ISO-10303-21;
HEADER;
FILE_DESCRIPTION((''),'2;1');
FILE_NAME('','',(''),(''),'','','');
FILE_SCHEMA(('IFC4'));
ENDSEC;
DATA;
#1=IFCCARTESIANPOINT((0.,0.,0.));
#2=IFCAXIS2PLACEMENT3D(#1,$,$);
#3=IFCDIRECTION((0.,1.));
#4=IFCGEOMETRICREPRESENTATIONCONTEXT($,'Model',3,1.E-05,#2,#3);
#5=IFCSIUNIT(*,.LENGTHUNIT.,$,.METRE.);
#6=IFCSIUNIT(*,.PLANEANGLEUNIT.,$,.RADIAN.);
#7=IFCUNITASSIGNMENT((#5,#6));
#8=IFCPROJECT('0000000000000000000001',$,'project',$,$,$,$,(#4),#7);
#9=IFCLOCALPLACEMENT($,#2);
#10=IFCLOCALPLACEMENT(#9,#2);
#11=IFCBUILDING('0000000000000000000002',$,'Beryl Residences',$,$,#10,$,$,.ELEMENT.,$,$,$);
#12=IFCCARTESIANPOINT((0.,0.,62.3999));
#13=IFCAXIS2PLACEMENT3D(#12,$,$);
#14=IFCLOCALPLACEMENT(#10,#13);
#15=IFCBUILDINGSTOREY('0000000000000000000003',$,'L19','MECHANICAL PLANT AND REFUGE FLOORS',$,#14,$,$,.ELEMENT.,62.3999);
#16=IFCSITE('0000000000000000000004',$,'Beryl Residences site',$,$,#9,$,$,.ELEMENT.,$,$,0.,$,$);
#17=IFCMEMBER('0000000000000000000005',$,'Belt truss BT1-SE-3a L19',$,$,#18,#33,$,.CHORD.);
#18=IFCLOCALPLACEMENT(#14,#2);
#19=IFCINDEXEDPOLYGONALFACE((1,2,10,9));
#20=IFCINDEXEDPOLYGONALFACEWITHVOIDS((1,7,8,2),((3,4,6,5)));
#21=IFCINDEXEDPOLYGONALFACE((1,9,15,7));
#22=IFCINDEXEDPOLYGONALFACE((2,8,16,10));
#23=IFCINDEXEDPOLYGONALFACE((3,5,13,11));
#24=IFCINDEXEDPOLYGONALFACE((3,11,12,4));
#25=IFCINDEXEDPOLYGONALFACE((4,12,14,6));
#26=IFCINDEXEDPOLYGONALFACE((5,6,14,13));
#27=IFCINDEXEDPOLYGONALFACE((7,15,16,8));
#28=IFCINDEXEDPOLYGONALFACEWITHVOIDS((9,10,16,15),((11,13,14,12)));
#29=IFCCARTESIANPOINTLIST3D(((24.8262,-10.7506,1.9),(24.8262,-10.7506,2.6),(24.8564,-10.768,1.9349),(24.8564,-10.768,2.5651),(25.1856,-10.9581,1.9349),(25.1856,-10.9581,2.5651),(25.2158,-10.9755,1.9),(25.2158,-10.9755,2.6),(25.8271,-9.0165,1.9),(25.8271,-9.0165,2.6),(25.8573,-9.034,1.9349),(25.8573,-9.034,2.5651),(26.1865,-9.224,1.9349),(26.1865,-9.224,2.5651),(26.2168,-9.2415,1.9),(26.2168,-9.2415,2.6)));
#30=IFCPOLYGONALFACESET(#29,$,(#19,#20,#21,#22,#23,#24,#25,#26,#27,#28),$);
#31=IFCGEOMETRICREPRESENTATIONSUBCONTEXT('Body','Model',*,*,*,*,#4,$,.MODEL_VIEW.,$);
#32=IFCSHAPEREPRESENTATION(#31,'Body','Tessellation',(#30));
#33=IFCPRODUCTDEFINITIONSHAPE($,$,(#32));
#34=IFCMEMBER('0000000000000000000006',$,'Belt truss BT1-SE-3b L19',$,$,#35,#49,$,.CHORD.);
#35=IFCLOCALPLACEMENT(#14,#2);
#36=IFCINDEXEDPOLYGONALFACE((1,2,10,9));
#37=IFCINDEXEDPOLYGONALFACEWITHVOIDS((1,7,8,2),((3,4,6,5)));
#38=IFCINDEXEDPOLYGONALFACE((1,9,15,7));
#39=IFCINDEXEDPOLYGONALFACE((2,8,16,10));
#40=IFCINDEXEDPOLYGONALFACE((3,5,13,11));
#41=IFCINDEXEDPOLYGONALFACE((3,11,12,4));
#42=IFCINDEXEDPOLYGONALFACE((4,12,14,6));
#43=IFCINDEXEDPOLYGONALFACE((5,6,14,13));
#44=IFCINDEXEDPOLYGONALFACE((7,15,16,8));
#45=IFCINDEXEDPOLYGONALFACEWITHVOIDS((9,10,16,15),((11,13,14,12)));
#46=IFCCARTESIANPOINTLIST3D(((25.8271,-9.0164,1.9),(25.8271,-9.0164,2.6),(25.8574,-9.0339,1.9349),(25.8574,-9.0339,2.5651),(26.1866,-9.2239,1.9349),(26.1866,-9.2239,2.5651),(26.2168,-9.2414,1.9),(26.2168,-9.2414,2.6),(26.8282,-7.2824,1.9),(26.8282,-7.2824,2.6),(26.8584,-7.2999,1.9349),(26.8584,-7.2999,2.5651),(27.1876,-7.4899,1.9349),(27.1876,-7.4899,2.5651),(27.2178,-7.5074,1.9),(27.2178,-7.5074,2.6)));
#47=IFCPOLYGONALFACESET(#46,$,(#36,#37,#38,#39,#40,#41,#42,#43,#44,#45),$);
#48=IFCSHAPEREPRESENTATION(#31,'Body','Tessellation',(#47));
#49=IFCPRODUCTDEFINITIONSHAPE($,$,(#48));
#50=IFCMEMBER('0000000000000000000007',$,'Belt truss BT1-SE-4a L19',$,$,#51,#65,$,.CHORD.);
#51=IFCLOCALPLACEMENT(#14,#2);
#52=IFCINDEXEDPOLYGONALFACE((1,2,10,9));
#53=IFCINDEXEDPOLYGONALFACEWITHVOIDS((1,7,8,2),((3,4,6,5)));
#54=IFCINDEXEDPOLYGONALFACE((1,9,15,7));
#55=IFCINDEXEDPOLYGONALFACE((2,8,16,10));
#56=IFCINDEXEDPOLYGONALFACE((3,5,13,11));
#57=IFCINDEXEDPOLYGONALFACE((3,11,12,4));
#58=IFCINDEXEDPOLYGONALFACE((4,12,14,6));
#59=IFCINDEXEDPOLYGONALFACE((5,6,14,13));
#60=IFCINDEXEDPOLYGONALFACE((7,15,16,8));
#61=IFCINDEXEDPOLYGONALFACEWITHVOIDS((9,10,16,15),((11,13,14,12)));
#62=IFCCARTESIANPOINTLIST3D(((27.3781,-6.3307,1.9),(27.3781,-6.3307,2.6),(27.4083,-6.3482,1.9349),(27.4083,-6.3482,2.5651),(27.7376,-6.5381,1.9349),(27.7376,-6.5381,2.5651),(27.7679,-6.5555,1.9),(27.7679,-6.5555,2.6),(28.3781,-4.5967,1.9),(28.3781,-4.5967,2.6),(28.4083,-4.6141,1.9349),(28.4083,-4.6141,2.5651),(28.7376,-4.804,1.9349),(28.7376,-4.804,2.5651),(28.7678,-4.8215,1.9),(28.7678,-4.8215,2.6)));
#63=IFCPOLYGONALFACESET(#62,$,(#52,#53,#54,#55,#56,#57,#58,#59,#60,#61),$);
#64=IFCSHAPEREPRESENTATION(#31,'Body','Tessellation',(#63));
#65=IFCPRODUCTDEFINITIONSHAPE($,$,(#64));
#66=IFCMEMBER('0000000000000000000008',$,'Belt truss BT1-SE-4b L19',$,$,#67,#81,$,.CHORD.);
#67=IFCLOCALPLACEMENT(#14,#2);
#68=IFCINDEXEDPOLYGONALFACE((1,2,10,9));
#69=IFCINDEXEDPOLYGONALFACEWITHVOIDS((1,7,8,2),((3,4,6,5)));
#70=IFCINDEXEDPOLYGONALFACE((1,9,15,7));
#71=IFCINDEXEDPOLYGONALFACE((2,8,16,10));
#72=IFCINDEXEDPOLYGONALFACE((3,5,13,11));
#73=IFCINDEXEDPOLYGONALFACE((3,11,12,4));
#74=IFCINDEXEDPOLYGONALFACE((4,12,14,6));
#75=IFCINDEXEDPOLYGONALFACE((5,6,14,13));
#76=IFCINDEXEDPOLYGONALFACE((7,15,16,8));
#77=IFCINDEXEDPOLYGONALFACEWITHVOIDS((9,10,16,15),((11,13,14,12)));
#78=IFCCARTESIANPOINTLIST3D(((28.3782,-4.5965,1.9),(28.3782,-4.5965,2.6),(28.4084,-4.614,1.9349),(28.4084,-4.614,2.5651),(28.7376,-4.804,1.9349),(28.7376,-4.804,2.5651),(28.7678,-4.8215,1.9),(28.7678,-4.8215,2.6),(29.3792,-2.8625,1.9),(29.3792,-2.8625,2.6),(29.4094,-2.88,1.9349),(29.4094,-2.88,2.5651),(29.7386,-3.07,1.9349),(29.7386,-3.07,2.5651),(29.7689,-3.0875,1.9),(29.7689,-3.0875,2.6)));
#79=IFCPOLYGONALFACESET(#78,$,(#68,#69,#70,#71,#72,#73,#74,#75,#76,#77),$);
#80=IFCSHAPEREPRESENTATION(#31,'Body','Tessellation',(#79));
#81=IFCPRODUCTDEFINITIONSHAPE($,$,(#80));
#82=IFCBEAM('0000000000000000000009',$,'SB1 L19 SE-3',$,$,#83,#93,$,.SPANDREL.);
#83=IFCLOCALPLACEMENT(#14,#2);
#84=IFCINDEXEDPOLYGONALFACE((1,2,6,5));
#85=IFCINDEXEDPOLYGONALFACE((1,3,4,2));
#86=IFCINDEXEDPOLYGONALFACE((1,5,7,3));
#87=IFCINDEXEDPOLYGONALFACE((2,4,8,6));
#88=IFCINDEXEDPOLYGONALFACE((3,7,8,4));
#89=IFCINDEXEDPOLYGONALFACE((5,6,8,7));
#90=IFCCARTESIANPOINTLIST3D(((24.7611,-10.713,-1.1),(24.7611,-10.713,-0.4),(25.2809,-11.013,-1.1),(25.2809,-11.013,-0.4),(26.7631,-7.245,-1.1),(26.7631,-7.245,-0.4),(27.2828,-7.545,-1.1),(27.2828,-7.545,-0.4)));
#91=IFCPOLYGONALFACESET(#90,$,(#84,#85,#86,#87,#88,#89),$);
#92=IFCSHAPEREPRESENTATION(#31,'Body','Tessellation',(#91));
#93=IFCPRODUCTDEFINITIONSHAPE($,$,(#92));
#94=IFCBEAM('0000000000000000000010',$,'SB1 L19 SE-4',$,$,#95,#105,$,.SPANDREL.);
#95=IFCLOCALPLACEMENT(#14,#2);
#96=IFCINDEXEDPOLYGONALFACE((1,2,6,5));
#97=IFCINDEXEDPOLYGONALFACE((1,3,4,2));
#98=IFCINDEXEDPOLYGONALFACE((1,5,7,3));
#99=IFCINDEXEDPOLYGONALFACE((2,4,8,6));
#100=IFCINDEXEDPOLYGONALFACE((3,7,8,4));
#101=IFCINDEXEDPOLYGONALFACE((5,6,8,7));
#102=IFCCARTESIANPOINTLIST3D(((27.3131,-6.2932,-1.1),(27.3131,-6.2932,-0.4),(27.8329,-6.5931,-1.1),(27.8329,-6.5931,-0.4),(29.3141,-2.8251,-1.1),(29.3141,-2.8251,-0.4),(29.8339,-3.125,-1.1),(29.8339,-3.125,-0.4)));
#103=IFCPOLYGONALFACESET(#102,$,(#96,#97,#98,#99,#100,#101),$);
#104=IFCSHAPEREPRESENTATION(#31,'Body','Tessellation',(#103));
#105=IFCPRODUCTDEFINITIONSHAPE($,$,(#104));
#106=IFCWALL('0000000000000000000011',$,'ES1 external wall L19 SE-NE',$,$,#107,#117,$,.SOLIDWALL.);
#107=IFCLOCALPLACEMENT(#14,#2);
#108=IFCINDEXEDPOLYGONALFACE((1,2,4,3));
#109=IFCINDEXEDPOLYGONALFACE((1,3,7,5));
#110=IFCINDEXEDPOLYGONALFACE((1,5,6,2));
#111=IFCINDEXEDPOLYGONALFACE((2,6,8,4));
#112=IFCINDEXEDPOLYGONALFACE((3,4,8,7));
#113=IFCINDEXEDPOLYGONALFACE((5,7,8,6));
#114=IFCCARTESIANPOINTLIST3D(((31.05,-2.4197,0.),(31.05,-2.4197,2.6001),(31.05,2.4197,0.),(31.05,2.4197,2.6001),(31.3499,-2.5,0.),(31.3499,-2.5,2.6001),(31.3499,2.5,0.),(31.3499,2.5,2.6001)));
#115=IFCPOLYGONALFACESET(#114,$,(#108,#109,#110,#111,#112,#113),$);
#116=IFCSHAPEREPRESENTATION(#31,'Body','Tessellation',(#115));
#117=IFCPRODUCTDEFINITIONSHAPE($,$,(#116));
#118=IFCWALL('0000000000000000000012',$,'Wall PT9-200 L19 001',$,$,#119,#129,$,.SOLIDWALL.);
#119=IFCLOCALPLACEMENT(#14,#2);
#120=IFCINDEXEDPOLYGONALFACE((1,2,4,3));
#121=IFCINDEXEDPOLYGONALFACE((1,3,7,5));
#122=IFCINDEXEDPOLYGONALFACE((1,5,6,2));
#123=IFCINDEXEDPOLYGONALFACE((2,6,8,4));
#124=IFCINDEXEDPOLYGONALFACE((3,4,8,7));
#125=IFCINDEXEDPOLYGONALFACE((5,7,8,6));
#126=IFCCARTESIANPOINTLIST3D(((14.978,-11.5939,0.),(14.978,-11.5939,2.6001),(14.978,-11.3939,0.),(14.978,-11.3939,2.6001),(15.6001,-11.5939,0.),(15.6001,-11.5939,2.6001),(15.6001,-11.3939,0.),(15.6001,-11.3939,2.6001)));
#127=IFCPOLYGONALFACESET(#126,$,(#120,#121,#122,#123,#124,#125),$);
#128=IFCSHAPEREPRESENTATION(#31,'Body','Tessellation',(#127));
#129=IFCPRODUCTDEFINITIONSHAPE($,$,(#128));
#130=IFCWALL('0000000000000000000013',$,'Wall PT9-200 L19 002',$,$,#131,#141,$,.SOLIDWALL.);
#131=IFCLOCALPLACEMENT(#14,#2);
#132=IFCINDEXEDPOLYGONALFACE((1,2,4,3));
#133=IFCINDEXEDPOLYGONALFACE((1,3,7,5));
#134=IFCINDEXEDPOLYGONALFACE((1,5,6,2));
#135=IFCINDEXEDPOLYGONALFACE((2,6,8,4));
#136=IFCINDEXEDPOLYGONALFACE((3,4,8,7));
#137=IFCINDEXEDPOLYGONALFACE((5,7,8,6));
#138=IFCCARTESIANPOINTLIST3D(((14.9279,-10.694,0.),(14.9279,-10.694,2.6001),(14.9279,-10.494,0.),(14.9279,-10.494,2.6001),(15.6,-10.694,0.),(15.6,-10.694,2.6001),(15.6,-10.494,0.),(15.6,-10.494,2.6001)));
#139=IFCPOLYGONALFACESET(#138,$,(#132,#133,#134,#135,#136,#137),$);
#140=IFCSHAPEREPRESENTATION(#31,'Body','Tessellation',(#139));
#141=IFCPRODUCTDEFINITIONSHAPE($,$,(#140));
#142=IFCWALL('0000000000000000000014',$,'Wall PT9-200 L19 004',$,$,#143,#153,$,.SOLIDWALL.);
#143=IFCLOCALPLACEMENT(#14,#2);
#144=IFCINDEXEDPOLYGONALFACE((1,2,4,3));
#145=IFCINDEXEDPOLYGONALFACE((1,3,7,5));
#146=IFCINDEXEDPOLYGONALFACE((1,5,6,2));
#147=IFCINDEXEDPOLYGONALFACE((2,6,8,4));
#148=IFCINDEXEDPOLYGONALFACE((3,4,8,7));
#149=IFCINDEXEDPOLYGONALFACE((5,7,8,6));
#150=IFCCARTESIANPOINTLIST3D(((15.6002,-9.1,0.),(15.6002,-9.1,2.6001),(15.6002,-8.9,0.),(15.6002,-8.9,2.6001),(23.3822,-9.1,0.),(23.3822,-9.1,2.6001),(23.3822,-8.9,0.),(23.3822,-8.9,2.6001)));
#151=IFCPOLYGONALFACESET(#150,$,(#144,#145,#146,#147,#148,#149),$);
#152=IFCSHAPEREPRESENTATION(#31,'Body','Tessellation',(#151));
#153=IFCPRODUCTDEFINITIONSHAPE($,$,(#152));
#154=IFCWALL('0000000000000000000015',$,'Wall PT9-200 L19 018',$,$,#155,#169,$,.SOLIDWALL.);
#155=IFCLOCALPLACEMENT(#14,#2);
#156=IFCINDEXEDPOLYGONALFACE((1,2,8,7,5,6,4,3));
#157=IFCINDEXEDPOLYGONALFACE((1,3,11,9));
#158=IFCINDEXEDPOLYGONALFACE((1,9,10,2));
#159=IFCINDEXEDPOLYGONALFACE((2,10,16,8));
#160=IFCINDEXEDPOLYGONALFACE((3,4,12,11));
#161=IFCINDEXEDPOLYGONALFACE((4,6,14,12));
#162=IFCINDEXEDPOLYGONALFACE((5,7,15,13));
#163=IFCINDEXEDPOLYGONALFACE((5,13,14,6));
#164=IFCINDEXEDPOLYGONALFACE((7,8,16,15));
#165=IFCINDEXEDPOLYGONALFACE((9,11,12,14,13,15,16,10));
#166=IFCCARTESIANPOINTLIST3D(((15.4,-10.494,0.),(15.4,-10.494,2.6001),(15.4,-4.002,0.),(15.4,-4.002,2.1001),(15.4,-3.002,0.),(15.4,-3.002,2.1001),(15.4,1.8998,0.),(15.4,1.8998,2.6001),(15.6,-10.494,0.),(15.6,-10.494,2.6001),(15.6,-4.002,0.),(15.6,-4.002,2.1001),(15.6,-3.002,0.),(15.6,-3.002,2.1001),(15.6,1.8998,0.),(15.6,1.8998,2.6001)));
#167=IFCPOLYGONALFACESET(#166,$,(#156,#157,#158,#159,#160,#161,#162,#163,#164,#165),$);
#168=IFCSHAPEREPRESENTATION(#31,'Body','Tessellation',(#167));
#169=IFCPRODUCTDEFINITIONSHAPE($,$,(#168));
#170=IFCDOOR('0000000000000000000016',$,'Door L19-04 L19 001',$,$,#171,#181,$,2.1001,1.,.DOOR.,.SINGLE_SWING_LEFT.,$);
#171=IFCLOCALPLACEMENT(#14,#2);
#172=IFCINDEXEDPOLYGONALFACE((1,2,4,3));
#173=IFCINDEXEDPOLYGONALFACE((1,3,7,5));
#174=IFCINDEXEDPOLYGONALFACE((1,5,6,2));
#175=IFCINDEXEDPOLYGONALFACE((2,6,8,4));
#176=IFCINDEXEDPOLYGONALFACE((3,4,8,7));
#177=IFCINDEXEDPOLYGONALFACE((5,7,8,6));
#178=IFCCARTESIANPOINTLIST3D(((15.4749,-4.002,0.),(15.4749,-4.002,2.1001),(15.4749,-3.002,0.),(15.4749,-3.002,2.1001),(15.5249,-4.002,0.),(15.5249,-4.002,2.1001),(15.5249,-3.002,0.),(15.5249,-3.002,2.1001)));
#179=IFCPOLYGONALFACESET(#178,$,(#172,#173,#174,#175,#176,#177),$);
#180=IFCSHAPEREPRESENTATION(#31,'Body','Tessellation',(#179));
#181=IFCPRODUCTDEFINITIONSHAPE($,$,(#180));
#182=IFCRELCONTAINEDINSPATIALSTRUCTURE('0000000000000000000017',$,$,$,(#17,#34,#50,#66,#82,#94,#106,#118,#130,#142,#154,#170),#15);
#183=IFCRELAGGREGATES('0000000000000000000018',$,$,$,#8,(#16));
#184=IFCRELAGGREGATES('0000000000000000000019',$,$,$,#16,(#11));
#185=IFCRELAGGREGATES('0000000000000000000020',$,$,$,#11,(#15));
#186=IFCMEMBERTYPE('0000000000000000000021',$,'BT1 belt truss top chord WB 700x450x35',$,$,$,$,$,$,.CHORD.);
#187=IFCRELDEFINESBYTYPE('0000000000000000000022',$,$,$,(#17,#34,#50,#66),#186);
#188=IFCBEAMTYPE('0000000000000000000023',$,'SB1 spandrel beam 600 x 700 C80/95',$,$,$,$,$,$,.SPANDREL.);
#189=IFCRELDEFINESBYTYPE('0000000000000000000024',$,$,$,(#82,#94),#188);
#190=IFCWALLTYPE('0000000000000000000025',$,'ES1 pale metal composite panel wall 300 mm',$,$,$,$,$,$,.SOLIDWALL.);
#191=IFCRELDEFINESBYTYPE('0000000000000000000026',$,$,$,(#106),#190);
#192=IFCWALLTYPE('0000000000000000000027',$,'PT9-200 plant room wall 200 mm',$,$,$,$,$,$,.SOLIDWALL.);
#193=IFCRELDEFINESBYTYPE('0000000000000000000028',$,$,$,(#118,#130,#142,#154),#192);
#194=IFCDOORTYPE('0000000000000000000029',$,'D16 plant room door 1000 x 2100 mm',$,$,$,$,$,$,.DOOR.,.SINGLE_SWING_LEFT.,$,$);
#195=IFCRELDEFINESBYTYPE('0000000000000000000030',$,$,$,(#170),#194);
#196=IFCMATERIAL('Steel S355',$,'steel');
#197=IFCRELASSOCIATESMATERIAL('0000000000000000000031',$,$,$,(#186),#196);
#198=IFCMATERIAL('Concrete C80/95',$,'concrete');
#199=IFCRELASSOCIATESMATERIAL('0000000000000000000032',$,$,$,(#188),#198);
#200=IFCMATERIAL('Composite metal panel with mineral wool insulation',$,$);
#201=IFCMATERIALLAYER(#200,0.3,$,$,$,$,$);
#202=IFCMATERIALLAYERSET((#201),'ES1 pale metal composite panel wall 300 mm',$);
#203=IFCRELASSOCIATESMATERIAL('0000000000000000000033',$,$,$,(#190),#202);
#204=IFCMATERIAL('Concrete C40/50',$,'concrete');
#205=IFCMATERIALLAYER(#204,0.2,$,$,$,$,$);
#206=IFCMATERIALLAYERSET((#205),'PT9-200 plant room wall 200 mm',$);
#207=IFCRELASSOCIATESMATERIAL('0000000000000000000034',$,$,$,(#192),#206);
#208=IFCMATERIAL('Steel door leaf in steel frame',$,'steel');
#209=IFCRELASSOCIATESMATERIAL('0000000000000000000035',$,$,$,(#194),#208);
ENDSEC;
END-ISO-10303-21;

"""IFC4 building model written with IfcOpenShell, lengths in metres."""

from ifc_helpers import new_model, si_unit, direction, frame, frame_2d, origin, origin_2d, place, context, subcontext, project, spatial, polyline, rectangle, hollow_rectangle, outline, extrude, material, layer, layer_set, material_profile, profile_set, type_object, element, fill, save


model = new_model("IFC4")

# Units and contexts
model_context = context("Model", 3, precision=1e-05, world=origin(), true_north=direction((0.0, 1.0)))
body_context = subcontext(model_context, "Body", "Model", "MODEL_VIEW")
ifc_project = project(units=[si_unit("LENGTHUNIT", "METRE"), si_unit("PLANEANGLEUNIT", "RADIAN")], contexts=[model_context])

# Site, building, storey
site_placement = place(None, origin())
site = spatial("IfcSite", under=ifc_project, at=site_placement, Name="Beryl Residences site", CompositionType="ELEMENT", RefElevation=0.0)
building_placement = place(site_placement, origin())
building = spatial("IfcBuilding", under=site, at=building_placement, Name="Beryl Residences", CompositionType="ELEMENT")
storey_placement = place(building_placement, frame((0.0, 0.0, 62.3999)))
storey = spatial("IfcBuildingStorey", under=building, at=storey_placement, Name="L19", Description="MECHANICAL PLANT AND REFUGE FLOORS", CompositionType="ELEMENT", Elevation=62.3999)

# Members
ifc_material_1 = material(Name="Steel S355", Category="steel")
ifc_material_profile_1 = material_profile(ifc_material_1, hollow_rectangle(XDim=0.45, YDim=0.7, WallThickness=0.0349, at=origin_2d()))
ifc_profile_set_1 = profile_set([ifc_material_profile_1], Name="Steel S355")
member_type_1 = type_object("IfcMemberType", Name="BT1 belt truss top chord WB 700x450x35", PredefinedType="CHORD", material=ifc_profile_set_1)
for number, where, z_axis, x_axis, name in (
    (1, (25.021, -10.863, 2.25), (0.499916, 0.866074, 0.0), (-0.866074, 0.499916, 0.0), "Belt truss BT1-SE-3a L19"),
    (2, (26.022, -9.1289, 2.25), (0.499969, 0.866043, 0.0), (-0.866043, 0.499969, 0.0), "Belt truss BT1-SE-3b L19"),
):
    element("IfcMember", number, at=place(storey_placement, frame(where, z_axis=z_axis, x_axis=x_axis)), inside=storey, type_object=member_type_1, Name=name, PredefinedType="CHORD", context=body_context, shape_type="SweptSolid", body=[
        extrude(hollow_rectangle(XDim=0.45, YDim=0.7, WallThickness=0.0349, at=origin_2d()), origin(), (0.0, 0.0, 1.0), 2.0022),
    ])
member_1_placement = place(storey_placement, frame((27.573, -6.4431, 2.25), z_axis=(0.49955, 0.866285, 0.0), x_axis=(-0.866285, 0.49955, 0.0)))
element("IfcMember", 3, at=member_1_placement, inside=storey, type_object=member_type_1, Name="Belt truss BT1-SE-4a L19", PredefinedType="CHORD", context=body_context, shape_type="SweptSolid", body=[
    extrude(hollow_rectangle(XDim=0.45, YDim=0.7, WallThickness=0.0349, at=origin_2d()), origin(), (0.0, 0.0, 1.0), 2.0017),
])
member_2_placement = place(storey_placement, frame((28.573, -4.709, 2.25), z_axis=(0.499969, 0.866043, 0.0), x_axis=(-0.866043, 0.499969, 0.0)))
element("IfcMember", 4, at=member_2_placement, inside=storey, type_object=member_type_1, Name="Belt truss BT1-SE-4b L19", PredefinedType="CHORD", context=body_context, shape_type="SweptSolid", body=[
    extrude(hollow_rectangle(XDim=0.45, YDim=0.7, WallThickness=0.0349, at=origin_2d()), origin(), (0.0, 0.0, 1.0), 2.0022),
])

# Beams
ifc_material_2 = material(Name="Concrete C80/95", Category="concrete")
ifc_material_profile_2 = material_profile(ifc_material_2, rectangle(XDim=0.6001, YDim=0.7, at=origin_2d()))
ifc_profile_set_2 = profile_set([ifc_material_profile_2], Name="Concrete C80/95")
beam_type = type_object("IfcBeamType", Name="SB1 spandrel beam 600 x 700 C80/95", PredefinedType="SPANDREL", material=ifc_profile_set_2)
beam_1_placement = place(storey_placement, frame((25.021, -10.863, -0.75), z_axis=(0.499942, 0.866059, 0.0), x_axis=(-0.866059, 0.499942, 0.0)))
element("IfcBeam", 5, at=beam_1_placement, inside=storey, type_object=beam_type, Name="SB1 L19 SE-3", PredefinedType="SPANDREL", context=body_context, shape_type="SweptSolid", body=[
    extrude(rectangle(XDim=0.6001, YDim=0.7, at=origin_2d()), origin(), (0.0, 0.0, 1.0), 4.0044),
])
beam_2_placement = place(storey_placement, frame((27.573, -6.4431, -0.75), z_axis=(0.499759, 0.866164, 0.0), x_axis=(-0.866164, 0.499759, 0.0)))
element("IfcBeam", 6, at=beam_2_placement, inside=storey, type_object=beam_type, Name="SB1 L19 SE-4", PredefinedType="SPANDREL", context=body_context, shape_type="SweptSolid", body=[
    extrude(rectangle(XDim=0.6001, YDim=0.7, at=origin_2d()), origin(), (0.0, 0.0, 1.0), 4.0039),
])

# Walls
ifc_material_3 = material(Name="Composite metal panel with mineral wool insulation")
ifc_layer_1 = layer(ifc_material_3, 0.3)
ifc_layer_set_1 = layer_set([ifc_layer_1], Name="ES1 pale metal composite panel wall 300 mm")
wall_type_1 = type_object("IfcWallType", Name="ES1 pale metal composite panel wall 300 mm", PredefinedType="SOLIDWALL", material=ifc_layer_set_1)
wall_1_placement = place(storey_placement, frame((31.2, -2.5, 0.0), z_axis=(0.0, 0.0, 1.0), x_axis=(0.0, 1.0, 0.0)))
element("IfcWall", 7, at=wall_1_placement, inside=storey, type_object=wall_type_1, Name="ES1 external wall L19 SE-NE", PredefinedType="SOLIDWALL", context=body_context, shape_type="SweptSolid", body=[
    extrude(outline(polyline([(0.0, -0.1499), (5.0, -0.1499), (4.9197, 0.1499), (0.0803, 0.1499), (0.0, -0.1499)])), origin(), (0.0, 0.0, 1.0), 2.6001),
])
ifc_material_4 = material(Name="Concrete C40/50", Category="concrete")
ifc_layer_2 = layer(ifc_material_4, 0.2)
ifc_layer_set_2 = layer_set([ifc_layer_2], Name="PT9-200 plant room wall 200 mm")
wall_type_2 = type_object("IfcWallType", Name="PT9-200 plant room wall 200 mm", PredefinedType="SOLIDWALL", material=ifc_layer_set_2)
wall_2_placement = place(storey_placement, frame((14.978, -11.4939, 0.0), z_axis=(0.0, 0.0, 1.0), x_axis=(1.0, 0.0, 0.0)))
element("IfcWall", 8, at=wall_2_placement, inside=storey, type_object=wall_type_2, Name="Wall PT9-200 L19 001", PredefinedType="SOLIDWALL", context=body_context, shape_type="SweptSolid", body=[
    extrude(rectangle(XDim=0.6221, YDim=0.2, at=frame_2d((0.311, 0.0))), origin(), (0.0, 0.0, 1.0), 2.6001),
])
wall_3_placement = place(storey_placement, frame((14.928, -10.594, 0.0), z_axis=(0.0, 0.0, 1.0), x_axis=(1.0, 0.0, 0.0)))
element("IfcWall", 9, at=wall_3_placement, inside=storey, type_object=wall_type_2, Name="Wall PT9-200 L19 002", PredefinedType="SOLIDWALL", context=body_context, shape_type="SweptSolid", body=[
    extrude(rectangle(XDim=0.6721, YDim=0.2, at=frame_2d((0.3359, 0.0))), origin(), (0.0, 0.0, 1.0), 2.6001),
])
wall_4_placement = place(storey_placement, frame((15.6001, -9.0, 0.0), z_axis=(0.0, 0.0, 1.0), x_axis=(1.0, 0.0, 0.0)))
element("IfcWall", 10, at=wall_4_placement, inside=storey, type_object=wall_type_2, Name="Wall PT9-200 L19 004", PredefinedType="SOLIDWALL", context=body_context, shape_type="SweptSolid", body=[
    extrude(rectangle(XDim=7.782, YDim=0.2, at=frame_2d((3.8911, 0.0))), origin(), (0.0, 0.0, 1.0), 2.6001),
])

# Wall, opening, door
wall_5_placement = place(storey_placement, frame((15.5, -10.4939, 0.0), z_axis=(0.0, 0.0, 1.0), x_axis=(0.0, 1.0, 0.0)))
wall_5 = element("IfcWall", 11, at=wall_5_placement, inside=storey, type_object=wall_type_2, Name="Wall PT9-200 L19 018", PredefinedType="SOLIDWALL", context=body_context, shape_type="SweptSolid", body=[
    extrude(rectangle(XDim=12.3938, YDim=0.2, at=frame_2d((6.1968, 0.0))), origin(), (0.0, 0.0, 1.0), 2.6001),
])
opening_placement = place(wall_5_placement, frame((7.4919, 0.0, 0.0), z_axis=(0.0, 0.0, 1.0), x_axis=(-1.0, 0.0, 0.0)))
opening = element("IfcOpeningElement", 12, at=opening_placement, cuts=wall_5, PredefinedType="OPENING", context=body_context, shape_type="SweptSolid", body=[
    extrude(rectangle(XDim=1.0, YDim=2.1001, at=frame_2d((0.5, 1.05))), frame((0.0, 0.1099, 0.0), z_axis=(0.0, -1.0, 0.0), x_axis=(1.0, 0.0, 0.0)), (0.0, 0.0, 1.0), 0.22),
])
ifc_material_5 = material(Name="Steel door leaf in steel frame", Category="steel")
door_type = type_object("IfcDoorType", Name="D16 plant room door 1000 x 2100 mm", OperationType="SINGLE_SWING_LEFT", PredefinedType="DOOR", material=ifc_material_5)
door_placement = place(opening_placement, origin())
door = element("IfcDoor", 13, at=door_placement, inside=storey, type_object=door_type, Name="Door L19-04 L19 001", OperationType="SINGLE_SWING_LEFT", OverallHeight=2.1001, OverallWidth=1.0, PredefinedType="DOOR", context=body_context, shape_type="SweptSolid", body=[
    extrude(rectangle(XDim=1.0, YDim=2.1001, at=frame_2d((0.5, 1.05))), frame((0.0, 0.0249, 0.0), z_axis=(0.0, -1.0, 0.0), x_axis=(1.0, 0.0, 0.0)), (0.0, 0.0, 1.0), 0.05),
])
fill(opening, door)

save(model, "model.ifc")
